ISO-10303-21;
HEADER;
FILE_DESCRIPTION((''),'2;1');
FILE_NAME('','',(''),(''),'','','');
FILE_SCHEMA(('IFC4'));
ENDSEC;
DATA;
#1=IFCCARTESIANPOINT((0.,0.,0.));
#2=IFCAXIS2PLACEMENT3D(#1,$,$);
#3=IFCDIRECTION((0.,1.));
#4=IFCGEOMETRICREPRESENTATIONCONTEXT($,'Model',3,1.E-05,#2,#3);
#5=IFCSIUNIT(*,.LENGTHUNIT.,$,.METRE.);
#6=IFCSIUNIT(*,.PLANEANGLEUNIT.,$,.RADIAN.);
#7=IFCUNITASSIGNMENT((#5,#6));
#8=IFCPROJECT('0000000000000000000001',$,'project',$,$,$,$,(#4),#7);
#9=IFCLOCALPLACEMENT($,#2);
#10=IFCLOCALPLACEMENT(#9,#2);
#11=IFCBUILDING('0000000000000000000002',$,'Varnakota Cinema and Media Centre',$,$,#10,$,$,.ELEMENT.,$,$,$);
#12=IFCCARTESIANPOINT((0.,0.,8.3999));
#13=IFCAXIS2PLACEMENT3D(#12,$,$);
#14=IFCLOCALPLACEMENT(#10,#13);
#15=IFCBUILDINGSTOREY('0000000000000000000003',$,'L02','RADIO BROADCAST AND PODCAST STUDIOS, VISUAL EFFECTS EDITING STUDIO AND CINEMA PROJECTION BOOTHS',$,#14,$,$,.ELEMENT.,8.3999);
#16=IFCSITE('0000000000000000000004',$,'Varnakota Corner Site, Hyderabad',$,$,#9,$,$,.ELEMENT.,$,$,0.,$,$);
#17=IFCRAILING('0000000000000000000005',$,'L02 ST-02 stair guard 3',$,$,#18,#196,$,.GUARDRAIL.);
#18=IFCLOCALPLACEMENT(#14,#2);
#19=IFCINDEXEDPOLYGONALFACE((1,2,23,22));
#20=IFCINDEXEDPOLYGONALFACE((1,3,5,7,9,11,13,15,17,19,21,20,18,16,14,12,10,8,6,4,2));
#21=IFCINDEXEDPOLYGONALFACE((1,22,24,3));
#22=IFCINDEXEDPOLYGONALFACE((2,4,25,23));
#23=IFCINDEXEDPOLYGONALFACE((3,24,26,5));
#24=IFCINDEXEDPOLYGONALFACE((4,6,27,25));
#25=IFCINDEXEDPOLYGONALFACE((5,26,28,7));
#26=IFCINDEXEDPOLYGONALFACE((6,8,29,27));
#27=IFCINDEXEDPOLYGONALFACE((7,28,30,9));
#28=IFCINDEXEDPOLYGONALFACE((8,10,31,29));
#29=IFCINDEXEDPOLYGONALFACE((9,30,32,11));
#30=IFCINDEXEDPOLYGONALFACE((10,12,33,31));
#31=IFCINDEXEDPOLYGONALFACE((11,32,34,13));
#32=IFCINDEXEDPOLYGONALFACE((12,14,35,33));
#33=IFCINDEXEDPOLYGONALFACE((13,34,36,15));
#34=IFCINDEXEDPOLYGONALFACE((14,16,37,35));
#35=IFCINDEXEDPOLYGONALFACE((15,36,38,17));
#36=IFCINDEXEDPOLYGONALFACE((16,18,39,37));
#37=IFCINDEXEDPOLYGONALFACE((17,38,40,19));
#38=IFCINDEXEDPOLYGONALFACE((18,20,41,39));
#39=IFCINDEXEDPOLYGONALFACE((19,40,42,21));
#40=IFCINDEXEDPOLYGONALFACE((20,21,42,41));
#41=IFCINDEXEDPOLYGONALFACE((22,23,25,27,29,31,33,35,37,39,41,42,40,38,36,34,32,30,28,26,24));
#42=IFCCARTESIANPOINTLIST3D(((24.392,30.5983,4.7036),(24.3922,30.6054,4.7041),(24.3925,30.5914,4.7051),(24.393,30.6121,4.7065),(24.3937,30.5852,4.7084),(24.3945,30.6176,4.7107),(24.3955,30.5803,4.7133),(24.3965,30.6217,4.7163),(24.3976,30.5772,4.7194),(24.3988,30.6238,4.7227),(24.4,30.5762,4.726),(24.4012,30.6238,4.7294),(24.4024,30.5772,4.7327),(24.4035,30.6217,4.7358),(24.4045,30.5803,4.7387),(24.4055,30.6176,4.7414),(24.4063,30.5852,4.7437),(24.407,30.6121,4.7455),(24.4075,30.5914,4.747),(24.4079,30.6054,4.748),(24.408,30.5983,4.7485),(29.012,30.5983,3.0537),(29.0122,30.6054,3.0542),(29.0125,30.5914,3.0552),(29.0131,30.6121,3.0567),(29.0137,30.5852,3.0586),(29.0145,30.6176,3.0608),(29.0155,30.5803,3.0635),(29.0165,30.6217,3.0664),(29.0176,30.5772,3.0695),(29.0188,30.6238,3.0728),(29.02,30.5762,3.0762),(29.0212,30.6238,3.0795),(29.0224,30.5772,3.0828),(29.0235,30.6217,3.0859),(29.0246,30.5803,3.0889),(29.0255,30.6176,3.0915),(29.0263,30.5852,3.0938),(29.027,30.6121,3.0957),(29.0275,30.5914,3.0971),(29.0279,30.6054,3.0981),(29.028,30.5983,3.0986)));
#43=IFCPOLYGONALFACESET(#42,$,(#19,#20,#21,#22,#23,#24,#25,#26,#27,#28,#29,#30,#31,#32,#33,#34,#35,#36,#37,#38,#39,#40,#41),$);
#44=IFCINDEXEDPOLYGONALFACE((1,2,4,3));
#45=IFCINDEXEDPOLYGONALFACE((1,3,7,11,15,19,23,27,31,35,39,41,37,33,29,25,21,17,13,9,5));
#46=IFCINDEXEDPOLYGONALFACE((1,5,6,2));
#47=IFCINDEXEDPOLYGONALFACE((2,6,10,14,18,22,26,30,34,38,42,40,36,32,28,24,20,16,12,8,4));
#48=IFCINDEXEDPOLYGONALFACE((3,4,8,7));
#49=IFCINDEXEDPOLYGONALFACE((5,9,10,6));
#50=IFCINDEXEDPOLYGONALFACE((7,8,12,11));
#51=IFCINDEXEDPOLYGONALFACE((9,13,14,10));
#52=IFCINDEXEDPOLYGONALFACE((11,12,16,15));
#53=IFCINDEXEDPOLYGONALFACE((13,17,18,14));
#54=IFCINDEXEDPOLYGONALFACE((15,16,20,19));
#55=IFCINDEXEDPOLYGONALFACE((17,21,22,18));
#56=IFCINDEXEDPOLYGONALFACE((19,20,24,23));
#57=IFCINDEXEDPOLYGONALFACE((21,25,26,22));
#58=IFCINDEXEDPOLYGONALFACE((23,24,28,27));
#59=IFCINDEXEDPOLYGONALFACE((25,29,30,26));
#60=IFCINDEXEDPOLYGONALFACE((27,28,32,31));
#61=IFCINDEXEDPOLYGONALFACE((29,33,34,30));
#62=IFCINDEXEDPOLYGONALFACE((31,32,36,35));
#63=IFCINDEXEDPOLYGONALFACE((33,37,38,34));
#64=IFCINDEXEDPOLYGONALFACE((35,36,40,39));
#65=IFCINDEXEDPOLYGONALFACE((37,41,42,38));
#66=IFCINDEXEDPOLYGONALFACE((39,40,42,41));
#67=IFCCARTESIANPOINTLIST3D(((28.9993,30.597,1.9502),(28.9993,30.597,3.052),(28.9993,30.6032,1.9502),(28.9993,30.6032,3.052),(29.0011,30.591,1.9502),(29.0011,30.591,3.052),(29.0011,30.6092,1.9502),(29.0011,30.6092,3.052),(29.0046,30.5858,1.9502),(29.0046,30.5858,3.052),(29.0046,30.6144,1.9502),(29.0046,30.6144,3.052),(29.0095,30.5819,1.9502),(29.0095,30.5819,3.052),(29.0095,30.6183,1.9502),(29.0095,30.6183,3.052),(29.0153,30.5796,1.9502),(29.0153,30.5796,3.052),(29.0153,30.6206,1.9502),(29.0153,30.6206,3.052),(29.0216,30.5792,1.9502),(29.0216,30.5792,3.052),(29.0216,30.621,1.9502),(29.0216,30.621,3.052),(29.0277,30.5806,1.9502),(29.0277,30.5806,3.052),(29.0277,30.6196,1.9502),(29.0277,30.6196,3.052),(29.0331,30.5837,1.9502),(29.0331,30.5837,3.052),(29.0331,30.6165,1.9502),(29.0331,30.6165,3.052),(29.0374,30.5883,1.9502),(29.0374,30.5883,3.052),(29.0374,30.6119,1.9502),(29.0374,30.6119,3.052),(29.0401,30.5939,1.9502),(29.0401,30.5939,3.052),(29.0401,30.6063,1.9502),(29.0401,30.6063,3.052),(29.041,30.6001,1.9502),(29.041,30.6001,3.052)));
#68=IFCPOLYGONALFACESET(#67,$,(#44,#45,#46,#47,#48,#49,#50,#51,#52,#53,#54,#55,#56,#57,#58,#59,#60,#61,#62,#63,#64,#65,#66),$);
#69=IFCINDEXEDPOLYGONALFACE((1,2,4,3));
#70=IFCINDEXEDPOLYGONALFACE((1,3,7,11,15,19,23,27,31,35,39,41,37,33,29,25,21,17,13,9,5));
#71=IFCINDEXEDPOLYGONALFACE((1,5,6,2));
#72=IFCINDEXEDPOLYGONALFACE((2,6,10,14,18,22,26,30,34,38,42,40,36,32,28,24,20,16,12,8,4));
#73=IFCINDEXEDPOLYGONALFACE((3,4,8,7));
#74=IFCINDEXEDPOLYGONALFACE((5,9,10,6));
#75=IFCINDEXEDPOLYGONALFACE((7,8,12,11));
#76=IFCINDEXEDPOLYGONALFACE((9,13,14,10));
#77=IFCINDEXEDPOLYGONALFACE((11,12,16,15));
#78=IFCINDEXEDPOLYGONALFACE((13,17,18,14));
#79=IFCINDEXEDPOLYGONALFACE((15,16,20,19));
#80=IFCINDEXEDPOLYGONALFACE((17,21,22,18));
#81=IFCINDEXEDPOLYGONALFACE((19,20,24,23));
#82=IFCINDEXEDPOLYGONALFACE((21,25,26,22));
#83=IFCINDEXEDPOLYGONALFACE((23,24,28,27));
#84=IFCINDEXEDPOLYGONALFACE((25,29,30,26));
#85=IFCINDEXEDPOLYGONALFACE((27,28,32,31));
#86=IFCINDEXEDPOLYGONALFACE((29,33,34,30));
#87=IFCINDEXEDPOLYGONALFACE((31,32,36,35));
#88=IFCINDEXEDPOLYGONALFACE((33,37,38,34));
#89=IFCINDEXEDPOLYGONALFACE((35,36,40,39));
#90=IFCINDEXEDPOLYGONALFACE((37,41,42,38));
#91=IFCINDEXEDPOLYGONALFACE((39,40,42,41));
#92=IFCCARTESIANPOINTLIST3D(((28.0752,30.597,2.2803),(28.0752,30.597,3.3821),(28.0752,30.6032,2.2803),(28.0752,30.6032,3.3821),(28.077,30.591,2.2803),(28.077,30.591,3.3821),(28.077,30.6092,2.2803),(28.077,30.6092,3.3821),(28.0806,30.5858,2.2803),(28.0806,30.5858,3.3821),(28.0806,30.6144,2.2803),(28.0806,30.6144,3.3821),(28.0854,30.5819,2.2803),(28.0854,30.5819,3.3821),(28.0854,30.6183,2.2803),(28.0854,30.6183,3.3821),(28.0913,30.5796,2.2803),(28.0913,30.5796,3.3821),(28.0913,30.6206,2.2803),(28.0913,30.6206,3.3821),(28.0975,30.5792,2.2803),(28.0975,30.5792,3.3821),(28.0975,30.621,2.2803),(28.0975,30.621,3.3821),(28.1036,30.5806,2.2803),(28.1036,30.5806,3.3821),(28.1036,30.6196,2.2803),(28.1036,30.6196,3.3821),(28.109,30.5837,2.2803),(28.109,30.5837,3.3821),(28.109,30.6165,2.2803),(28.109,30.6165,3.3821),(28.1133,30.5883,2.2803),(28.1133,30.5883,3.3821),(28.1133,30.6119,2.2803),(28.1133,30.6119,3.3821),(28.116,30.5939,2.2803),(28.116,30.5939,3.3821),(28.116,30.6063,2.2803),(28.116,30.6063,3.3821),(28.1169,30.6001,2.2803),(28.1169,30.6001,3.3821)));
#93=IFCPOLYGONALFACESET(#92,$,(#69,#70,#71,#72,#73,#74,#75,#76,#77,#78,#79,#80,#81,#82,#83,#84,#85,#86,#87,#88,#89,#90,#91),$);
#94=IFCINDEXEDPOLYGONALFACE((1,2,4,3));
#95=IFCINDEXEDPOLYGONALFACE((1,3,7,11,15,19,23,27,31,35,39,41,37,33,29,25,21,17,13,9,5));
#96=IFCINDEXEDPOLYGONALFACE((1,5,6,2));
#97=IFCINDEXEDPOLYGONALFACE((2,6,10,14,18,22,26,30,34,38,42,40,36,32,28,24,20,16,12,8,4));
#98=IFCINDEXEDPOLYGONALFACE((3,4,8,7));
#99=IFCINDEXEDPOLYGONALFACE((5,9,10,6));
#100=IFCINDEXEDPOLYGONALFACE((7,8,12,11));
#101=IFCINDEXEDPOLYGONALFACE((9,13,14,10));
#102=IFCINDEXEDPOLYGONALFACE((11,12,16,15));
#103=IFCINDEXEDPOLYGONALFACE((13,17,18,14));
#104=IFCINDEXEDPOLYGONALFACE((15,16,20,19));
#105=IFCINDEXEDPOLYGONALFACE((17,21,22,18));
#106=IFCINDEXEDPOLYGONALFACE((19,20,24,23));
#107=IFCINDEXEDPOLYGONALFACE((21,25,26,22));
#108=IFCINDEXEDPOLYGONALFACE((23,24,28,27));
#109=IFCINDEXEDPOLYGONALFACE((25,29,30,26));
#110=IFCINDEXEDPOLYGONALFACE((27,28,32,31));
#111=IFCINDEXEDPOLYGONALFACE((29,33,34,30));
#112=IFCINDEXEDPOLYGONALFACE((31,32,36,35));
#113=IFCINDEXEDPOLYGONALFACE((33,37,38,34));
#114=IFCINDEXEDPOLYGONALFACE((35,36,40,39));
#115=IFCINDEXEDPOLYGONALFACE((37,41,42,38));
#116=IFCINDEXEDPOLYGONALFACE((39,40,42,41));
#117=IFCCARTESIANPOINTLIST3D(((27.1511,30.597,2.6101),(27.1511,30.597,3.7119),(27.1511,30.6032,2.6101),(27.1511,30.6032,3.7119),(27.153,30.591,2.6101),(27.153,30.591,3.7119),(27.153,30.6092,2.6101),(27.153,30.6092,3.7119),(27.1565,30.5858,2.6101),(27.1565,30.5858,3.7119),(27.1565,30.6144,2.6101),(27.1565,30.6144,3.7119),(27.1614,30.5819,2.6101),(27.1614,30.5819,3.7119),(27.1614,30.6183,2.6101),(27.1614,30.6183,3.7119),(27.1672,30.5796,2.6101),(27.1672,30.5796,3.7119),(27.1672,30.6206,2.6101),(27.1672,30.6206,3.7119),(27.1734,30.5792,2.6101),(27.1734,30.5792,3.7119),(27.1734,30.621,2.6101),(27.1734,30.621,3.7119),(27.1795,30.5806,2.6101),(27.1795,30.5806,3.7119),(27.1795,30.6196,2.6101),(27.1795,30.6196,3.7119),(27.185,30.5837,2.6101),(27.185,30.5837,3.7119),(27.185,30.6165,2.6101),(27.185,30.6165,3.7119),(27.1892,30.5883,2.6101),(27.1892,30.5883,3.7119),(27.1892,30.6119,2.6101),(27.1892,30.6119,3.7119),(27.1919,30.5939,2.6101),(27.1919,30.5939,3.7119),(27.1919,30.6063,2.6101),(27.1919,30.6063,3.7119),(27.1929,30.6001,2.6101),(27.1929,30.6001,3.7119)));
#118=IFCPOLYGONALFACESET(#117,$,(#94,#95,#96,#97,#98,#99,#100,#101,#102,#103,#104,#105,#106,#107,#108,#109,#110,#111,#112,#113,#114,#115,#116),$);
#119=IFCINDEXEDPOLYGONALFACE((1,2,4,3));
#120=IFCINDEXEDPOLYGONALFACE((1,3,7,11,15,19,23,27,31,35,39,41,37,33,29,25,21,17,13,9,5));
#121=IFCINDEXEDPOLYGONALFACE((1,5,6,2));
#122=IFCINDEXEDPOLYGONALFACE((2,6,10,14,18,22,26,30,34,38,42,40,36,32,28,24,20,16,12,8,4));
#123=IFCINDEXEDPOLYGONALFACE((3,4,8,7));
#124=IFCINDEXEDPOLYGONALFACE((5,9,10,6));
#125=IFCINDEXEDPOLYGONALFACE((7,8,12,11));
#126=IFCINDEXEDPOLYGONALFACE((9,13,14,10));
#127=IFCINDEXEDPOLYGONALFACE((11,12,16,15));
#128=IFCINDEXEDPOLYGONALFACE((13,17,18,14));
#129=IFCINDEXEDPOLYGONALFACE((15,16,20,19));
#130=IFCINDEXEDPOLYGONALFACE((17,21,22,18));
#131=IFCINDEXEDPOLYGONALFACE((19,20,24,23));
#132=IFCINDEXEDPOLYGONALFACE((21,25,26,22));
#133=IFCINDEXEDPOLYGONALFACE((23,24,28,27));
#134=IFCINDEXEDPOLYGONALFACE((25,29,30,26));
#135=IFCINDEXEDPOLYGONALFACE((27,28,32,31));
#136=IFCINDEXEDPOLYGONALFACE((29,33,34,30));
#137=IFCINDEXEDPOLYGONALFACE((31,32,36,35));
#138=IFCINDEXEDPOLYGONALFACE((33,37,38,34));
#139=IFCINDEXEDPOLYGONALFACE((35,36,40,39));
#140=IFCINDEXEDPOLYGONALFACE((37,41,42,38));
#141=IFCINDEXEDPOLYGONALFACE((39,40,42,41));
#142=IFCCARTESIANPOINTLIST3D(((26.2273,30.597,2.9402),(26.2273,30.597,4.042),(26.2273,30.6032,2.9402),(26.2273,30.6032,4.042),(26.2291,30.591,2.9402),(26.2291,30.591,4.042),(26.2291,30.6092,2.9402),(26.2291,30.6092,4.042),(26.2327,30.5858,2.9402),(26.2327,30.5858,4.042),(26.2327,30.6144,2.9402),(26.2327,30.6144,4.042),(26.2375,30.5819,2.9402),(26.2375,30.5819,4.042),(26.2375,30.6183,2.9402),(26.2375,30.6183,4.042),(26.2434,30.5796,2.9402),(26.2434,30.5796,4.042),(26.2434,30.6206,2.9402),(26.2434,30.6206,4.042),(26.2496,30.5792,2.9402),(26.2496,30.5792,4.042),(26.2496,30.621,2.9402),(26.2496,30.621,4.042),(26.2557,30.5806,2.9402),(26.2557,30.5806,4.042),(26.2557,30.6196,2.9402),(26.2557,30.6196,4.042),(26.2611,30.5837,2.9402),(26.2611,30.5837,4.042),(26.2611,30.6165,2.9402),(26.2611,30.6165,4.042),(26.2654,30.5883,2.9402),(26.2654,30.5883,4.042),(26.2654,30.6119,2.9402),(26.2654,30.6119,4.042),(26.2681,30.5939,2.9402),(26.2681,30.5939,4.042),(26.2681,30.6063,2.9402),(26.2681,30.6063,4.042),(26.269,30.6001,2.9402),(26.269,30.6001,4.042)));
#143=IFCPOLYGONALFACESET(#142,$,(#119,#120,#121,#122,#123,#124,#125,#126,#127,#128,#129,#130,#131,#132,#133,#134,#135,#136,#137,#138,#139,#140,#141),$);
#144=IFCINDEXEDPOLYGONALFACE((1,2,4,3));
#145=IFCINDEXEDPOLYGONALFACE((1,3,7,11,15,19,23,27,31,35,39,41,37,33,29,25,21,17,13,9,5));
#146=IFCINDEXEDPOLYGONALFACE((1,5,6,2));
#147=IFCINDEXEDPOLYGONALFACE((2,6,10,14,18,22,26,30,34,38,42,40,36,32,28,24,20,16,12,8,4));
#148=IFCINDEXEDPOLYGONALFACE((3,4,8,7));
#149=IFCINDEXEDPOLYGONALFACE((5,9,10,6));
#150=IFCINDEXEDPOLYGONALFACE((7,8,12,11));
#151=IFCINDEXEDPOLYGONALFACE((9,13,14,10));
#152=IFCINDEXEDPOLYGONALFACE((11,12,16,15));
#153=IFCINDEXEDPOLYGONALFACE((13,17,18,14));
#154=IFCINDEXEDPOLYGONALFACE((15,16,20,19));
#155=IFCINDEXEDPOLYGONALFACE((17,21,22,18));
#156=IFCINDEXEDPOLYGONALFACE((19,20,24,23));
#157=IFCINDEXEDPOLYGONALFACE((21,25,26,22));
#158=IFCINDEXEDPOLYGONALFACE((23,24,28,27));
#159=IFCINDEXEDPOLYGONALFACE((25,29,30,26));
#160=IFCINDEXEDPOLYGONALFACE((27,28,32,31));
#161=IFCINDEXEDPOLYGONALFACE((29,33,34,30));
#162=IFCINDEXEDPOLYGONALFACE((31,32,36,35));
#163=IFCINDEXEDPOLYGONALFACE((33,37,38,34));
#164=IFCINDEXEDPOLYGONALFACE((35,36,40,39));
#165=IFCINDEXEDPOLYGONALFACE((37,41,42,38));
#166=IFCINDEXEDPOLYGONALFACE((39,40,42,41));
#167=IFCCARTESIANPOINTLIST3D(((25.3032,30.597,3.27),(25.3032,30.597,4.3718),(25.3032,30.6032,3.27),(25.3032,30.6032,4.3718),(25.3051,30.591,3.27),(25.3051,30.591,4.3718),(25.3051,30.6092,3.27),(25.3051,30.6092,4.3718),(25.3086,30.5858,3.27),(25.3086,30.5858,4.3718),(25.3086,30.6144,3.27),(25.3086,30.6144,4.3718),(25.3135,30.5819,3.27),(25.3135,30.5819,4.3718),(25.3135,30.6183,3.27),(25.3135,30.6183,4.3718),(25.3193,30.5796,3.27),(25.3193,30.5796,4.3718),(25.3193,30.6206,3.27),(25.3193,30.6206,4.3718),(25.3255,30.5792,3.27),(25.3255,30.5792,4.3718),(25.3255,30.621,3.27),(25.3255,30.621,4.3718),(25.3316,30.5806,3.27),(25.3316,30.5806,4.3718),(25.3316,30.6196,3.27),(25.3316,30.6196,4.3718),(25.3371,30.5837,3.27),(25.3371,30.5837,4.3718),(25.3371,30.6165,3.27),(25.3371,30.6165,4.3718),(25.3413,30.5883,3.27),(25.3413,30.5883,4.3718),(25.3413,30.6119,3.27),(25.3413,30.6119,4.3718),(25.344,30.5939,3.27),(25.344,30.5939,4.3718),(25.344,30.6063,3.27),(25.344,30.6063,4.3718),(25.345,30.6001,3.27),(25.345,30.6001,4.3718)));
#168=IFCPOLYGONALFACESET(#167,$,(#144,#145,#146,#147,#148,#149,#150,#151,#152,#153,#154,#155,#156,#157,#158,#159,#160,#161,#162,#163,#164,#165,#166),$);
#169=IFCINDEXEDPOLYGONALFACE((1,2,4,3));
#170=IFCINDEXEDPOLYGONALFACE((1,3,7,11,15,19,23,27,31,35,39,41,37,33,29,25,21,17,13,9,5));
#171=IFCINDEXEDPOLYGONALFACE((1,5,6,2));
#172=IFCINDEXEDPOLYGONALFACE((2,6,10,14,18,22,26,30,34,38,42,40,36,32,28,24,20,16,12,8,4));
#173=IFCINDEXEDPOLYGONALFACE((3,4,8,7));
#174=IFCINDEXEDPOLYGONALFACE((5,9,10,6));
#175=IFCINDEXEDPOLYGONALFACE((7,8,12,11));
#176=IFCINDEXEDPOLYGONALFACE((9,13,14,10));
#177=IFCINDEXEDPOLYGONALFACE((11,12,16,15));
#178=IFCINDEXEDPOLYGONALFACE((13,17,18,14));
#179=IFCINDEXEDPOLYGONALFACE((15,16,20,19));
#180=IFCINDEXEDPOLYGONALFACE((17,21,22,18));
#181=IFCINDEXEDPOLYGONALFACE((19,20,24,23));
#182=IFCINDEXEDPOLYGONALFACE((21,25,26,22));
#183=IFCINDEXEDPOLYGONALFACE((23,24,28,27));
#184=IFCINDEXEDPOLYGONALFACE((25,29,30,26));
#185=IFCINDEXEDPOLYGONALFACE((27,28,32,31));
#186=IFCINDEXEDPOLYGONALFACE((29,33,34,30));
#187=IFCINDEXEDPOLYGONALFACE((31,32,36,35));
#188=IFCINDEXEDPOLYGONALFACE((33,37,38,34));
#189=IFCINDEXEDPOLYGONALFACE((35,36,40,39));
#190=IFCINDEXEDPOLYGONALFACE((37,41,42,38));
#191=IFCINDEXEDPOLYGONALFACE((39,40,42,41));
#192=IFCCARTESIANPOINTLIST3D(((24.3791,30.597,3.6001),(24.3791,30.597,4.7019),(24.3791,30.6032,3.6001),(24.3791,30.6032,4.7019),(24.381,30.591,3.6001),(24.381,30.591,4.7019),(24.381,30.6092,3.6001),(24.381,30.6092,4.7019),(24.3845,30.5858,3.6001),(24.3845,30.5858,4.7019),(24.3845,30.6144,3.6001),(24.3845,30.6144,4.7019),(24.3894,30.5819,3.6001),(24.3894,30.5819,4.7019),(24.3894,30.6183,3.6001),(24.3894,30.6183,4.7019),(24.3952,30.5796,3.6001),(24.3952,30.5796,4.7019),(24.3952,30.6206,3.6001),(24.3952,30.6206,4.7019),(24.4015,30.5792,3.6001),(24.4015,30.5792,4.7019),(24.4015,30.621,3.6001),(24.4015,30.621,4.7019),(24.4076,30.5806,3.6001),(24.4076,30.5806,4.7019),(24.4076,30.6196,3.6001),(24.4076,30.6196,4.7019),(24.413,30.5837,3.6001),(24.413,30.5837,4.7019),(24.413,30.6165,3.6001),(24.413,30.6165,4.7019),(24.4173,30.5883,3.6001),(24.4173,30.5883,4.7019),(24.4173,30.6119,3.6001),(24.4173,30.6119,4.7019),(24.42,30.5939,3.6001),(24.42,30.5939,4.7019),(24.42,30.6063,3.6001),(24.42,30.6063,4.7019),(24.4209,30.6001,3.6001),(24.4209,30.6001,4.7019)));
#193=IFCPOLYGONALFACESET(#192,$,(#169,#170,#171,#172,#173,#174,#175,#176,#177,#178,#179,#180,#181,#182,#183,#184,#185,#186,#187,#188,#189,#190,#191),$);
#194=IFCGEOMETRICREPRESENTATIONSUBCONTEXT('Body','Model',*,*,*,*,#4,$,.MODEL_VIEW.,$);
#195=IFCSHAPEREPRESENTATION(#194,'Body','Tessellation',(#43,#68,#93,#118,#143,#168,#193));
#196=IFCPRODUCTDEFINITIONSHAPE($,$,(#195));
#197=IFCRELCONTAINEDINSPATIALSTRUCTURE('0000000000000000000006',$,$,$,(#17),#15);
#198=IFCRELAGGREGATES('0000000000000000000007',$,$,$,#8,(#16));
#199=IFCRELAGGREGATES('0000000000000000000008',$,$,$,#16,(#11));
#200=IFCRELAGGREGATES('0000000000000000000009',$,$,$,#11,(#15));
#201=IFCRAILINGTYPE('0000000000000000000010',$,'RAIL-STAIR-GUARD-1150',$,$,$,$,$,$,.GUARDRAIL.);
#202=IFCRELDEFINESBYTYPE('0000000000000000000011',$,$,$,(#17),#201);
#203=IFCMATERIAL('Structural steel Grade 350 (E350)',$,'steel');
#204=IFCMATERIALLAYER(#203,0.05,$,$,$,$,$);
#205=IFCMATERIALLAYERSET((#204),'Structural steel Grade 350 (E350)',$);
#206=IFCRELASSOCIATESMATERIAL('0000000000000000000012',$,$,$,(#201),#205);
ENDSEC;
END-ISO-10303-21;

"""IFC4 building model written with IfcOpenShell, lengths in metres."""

from ifc_helpers import new_model, si_unit, direction, frame, origin, origin_2d, place, context, subcontext, project, spatial, circle, extrude, material, layer, layer_set, type_object, element, save


model = new_model("IFC4")

# Units and contexts
model_context = context("Model", 3, precision=1e-05, world=origin(), true_north=direction((0.0, 1.0)))
body_context = subcontext(model_context, "Body", "Model", "MODEL_VIEW")
ifc_project = project(units=[si_unit("LENGTHUNIT", "METRE"), si_unit("PLANEANGLEUNIT", "RADIAN")], contexts=[model_context])

# Site, building, storey
site_placement = place(None, origin())
site = spatial("IfcSite", under=ifc_project, at=site_placement, Name="Varnakota Corner Site, Hyderabad", CompositionType="ELEMENT", RefElevation=0.0)
building_placement = place(site_placement, origin())
building = spatial("IfcBuilding", under=site, at=building_placement, Name="Varnakota Cinema and Media Centre", CompositionType="ELEMENT")
storey_placement = place(building_placement, frame((0.0, 0.0, 8.3999)))
storey = spatial("IfcBuildingStorey", under=building, at=storey_placement, Name="L02", Description="RADIO BROADCAST AND PODCAST STUDIOS, VISUAL EFFECTS EDITING STUDIO AND CINEMA PROJECTION BOOTHS", CompositionType="ELEMENT", Elevation=8.3999)

# Railing
ifc_material_1 = material(Name="Structural steel Grade 350 (E350)", Category="steel")
ifc_layer_1 = layer(ifc_material_1, 0.05)
ifc_layer_set_1 = layer_set([ifc_layer_1], Name="Structural steel Grade 350 (E350)")
railing_type_1 = type_object("IfcRailingType", Name="RAIL-STAIR-GUARD-1150", PredefinedType="GUARDRAIL", material=ifc_layer_set_1)
railing_1_placement = place(storey_placement, frame((29.02, 30.6001, 1.9502)))
element("IfcRailing", 1, at=railing_1_placement, inside=storey, type_object=railing_type_1, Name="L02 ST-02 stair guard 3", PredefinedType="GUARDRAIL", context=body_context, shape_type="SweptSolid", body=[
    extrude(circle(Radius=0.0239, at=origin_2d()), frame((0.0, 0.0, 1.126), z_axis=(-0.941751, 0.0, 0.336311), x_axis=(0.0, -1.0, 0.0)), (0.0, 0.0, 1.0), 4.9058),
    extrude(circle(Radius=0.021, at=origin_2d()), origin(), (0.0, 0.0, 1.0), 1.1018),
    extrude(circle(Radius=0.021, at=origin_2d()), frame((-0.9241, 0.0, 0.3301)), (0.0, 0.0, 1.0), 1.1018),
    extrude(circle(Radius=0.021, at=origin_2d()), frame((-1.8481, 0.0, 0.6599)), (0.0, 0.0, 1.0), 1.1018),
    extrude(circle(Radius=0.021, at=origin_2d()), frame((-2.772, 0.0, 0.99)), (0.0, 0.0, 1.0), 1.1018),
    extrude(circle(Radius=0.021, at=origin_2d()), frame((-3.696, 0.0, 1.3198)), (0.0, 0.0, 1.0), 1.1018),
    extrude(circle(Radius=0.021, at=origin_2d()), frame((-4.6201, 0.0, 1.6499)), (0.0, 0.0, 1.0), 1.1018),
])

save(model, "model.ifc")
